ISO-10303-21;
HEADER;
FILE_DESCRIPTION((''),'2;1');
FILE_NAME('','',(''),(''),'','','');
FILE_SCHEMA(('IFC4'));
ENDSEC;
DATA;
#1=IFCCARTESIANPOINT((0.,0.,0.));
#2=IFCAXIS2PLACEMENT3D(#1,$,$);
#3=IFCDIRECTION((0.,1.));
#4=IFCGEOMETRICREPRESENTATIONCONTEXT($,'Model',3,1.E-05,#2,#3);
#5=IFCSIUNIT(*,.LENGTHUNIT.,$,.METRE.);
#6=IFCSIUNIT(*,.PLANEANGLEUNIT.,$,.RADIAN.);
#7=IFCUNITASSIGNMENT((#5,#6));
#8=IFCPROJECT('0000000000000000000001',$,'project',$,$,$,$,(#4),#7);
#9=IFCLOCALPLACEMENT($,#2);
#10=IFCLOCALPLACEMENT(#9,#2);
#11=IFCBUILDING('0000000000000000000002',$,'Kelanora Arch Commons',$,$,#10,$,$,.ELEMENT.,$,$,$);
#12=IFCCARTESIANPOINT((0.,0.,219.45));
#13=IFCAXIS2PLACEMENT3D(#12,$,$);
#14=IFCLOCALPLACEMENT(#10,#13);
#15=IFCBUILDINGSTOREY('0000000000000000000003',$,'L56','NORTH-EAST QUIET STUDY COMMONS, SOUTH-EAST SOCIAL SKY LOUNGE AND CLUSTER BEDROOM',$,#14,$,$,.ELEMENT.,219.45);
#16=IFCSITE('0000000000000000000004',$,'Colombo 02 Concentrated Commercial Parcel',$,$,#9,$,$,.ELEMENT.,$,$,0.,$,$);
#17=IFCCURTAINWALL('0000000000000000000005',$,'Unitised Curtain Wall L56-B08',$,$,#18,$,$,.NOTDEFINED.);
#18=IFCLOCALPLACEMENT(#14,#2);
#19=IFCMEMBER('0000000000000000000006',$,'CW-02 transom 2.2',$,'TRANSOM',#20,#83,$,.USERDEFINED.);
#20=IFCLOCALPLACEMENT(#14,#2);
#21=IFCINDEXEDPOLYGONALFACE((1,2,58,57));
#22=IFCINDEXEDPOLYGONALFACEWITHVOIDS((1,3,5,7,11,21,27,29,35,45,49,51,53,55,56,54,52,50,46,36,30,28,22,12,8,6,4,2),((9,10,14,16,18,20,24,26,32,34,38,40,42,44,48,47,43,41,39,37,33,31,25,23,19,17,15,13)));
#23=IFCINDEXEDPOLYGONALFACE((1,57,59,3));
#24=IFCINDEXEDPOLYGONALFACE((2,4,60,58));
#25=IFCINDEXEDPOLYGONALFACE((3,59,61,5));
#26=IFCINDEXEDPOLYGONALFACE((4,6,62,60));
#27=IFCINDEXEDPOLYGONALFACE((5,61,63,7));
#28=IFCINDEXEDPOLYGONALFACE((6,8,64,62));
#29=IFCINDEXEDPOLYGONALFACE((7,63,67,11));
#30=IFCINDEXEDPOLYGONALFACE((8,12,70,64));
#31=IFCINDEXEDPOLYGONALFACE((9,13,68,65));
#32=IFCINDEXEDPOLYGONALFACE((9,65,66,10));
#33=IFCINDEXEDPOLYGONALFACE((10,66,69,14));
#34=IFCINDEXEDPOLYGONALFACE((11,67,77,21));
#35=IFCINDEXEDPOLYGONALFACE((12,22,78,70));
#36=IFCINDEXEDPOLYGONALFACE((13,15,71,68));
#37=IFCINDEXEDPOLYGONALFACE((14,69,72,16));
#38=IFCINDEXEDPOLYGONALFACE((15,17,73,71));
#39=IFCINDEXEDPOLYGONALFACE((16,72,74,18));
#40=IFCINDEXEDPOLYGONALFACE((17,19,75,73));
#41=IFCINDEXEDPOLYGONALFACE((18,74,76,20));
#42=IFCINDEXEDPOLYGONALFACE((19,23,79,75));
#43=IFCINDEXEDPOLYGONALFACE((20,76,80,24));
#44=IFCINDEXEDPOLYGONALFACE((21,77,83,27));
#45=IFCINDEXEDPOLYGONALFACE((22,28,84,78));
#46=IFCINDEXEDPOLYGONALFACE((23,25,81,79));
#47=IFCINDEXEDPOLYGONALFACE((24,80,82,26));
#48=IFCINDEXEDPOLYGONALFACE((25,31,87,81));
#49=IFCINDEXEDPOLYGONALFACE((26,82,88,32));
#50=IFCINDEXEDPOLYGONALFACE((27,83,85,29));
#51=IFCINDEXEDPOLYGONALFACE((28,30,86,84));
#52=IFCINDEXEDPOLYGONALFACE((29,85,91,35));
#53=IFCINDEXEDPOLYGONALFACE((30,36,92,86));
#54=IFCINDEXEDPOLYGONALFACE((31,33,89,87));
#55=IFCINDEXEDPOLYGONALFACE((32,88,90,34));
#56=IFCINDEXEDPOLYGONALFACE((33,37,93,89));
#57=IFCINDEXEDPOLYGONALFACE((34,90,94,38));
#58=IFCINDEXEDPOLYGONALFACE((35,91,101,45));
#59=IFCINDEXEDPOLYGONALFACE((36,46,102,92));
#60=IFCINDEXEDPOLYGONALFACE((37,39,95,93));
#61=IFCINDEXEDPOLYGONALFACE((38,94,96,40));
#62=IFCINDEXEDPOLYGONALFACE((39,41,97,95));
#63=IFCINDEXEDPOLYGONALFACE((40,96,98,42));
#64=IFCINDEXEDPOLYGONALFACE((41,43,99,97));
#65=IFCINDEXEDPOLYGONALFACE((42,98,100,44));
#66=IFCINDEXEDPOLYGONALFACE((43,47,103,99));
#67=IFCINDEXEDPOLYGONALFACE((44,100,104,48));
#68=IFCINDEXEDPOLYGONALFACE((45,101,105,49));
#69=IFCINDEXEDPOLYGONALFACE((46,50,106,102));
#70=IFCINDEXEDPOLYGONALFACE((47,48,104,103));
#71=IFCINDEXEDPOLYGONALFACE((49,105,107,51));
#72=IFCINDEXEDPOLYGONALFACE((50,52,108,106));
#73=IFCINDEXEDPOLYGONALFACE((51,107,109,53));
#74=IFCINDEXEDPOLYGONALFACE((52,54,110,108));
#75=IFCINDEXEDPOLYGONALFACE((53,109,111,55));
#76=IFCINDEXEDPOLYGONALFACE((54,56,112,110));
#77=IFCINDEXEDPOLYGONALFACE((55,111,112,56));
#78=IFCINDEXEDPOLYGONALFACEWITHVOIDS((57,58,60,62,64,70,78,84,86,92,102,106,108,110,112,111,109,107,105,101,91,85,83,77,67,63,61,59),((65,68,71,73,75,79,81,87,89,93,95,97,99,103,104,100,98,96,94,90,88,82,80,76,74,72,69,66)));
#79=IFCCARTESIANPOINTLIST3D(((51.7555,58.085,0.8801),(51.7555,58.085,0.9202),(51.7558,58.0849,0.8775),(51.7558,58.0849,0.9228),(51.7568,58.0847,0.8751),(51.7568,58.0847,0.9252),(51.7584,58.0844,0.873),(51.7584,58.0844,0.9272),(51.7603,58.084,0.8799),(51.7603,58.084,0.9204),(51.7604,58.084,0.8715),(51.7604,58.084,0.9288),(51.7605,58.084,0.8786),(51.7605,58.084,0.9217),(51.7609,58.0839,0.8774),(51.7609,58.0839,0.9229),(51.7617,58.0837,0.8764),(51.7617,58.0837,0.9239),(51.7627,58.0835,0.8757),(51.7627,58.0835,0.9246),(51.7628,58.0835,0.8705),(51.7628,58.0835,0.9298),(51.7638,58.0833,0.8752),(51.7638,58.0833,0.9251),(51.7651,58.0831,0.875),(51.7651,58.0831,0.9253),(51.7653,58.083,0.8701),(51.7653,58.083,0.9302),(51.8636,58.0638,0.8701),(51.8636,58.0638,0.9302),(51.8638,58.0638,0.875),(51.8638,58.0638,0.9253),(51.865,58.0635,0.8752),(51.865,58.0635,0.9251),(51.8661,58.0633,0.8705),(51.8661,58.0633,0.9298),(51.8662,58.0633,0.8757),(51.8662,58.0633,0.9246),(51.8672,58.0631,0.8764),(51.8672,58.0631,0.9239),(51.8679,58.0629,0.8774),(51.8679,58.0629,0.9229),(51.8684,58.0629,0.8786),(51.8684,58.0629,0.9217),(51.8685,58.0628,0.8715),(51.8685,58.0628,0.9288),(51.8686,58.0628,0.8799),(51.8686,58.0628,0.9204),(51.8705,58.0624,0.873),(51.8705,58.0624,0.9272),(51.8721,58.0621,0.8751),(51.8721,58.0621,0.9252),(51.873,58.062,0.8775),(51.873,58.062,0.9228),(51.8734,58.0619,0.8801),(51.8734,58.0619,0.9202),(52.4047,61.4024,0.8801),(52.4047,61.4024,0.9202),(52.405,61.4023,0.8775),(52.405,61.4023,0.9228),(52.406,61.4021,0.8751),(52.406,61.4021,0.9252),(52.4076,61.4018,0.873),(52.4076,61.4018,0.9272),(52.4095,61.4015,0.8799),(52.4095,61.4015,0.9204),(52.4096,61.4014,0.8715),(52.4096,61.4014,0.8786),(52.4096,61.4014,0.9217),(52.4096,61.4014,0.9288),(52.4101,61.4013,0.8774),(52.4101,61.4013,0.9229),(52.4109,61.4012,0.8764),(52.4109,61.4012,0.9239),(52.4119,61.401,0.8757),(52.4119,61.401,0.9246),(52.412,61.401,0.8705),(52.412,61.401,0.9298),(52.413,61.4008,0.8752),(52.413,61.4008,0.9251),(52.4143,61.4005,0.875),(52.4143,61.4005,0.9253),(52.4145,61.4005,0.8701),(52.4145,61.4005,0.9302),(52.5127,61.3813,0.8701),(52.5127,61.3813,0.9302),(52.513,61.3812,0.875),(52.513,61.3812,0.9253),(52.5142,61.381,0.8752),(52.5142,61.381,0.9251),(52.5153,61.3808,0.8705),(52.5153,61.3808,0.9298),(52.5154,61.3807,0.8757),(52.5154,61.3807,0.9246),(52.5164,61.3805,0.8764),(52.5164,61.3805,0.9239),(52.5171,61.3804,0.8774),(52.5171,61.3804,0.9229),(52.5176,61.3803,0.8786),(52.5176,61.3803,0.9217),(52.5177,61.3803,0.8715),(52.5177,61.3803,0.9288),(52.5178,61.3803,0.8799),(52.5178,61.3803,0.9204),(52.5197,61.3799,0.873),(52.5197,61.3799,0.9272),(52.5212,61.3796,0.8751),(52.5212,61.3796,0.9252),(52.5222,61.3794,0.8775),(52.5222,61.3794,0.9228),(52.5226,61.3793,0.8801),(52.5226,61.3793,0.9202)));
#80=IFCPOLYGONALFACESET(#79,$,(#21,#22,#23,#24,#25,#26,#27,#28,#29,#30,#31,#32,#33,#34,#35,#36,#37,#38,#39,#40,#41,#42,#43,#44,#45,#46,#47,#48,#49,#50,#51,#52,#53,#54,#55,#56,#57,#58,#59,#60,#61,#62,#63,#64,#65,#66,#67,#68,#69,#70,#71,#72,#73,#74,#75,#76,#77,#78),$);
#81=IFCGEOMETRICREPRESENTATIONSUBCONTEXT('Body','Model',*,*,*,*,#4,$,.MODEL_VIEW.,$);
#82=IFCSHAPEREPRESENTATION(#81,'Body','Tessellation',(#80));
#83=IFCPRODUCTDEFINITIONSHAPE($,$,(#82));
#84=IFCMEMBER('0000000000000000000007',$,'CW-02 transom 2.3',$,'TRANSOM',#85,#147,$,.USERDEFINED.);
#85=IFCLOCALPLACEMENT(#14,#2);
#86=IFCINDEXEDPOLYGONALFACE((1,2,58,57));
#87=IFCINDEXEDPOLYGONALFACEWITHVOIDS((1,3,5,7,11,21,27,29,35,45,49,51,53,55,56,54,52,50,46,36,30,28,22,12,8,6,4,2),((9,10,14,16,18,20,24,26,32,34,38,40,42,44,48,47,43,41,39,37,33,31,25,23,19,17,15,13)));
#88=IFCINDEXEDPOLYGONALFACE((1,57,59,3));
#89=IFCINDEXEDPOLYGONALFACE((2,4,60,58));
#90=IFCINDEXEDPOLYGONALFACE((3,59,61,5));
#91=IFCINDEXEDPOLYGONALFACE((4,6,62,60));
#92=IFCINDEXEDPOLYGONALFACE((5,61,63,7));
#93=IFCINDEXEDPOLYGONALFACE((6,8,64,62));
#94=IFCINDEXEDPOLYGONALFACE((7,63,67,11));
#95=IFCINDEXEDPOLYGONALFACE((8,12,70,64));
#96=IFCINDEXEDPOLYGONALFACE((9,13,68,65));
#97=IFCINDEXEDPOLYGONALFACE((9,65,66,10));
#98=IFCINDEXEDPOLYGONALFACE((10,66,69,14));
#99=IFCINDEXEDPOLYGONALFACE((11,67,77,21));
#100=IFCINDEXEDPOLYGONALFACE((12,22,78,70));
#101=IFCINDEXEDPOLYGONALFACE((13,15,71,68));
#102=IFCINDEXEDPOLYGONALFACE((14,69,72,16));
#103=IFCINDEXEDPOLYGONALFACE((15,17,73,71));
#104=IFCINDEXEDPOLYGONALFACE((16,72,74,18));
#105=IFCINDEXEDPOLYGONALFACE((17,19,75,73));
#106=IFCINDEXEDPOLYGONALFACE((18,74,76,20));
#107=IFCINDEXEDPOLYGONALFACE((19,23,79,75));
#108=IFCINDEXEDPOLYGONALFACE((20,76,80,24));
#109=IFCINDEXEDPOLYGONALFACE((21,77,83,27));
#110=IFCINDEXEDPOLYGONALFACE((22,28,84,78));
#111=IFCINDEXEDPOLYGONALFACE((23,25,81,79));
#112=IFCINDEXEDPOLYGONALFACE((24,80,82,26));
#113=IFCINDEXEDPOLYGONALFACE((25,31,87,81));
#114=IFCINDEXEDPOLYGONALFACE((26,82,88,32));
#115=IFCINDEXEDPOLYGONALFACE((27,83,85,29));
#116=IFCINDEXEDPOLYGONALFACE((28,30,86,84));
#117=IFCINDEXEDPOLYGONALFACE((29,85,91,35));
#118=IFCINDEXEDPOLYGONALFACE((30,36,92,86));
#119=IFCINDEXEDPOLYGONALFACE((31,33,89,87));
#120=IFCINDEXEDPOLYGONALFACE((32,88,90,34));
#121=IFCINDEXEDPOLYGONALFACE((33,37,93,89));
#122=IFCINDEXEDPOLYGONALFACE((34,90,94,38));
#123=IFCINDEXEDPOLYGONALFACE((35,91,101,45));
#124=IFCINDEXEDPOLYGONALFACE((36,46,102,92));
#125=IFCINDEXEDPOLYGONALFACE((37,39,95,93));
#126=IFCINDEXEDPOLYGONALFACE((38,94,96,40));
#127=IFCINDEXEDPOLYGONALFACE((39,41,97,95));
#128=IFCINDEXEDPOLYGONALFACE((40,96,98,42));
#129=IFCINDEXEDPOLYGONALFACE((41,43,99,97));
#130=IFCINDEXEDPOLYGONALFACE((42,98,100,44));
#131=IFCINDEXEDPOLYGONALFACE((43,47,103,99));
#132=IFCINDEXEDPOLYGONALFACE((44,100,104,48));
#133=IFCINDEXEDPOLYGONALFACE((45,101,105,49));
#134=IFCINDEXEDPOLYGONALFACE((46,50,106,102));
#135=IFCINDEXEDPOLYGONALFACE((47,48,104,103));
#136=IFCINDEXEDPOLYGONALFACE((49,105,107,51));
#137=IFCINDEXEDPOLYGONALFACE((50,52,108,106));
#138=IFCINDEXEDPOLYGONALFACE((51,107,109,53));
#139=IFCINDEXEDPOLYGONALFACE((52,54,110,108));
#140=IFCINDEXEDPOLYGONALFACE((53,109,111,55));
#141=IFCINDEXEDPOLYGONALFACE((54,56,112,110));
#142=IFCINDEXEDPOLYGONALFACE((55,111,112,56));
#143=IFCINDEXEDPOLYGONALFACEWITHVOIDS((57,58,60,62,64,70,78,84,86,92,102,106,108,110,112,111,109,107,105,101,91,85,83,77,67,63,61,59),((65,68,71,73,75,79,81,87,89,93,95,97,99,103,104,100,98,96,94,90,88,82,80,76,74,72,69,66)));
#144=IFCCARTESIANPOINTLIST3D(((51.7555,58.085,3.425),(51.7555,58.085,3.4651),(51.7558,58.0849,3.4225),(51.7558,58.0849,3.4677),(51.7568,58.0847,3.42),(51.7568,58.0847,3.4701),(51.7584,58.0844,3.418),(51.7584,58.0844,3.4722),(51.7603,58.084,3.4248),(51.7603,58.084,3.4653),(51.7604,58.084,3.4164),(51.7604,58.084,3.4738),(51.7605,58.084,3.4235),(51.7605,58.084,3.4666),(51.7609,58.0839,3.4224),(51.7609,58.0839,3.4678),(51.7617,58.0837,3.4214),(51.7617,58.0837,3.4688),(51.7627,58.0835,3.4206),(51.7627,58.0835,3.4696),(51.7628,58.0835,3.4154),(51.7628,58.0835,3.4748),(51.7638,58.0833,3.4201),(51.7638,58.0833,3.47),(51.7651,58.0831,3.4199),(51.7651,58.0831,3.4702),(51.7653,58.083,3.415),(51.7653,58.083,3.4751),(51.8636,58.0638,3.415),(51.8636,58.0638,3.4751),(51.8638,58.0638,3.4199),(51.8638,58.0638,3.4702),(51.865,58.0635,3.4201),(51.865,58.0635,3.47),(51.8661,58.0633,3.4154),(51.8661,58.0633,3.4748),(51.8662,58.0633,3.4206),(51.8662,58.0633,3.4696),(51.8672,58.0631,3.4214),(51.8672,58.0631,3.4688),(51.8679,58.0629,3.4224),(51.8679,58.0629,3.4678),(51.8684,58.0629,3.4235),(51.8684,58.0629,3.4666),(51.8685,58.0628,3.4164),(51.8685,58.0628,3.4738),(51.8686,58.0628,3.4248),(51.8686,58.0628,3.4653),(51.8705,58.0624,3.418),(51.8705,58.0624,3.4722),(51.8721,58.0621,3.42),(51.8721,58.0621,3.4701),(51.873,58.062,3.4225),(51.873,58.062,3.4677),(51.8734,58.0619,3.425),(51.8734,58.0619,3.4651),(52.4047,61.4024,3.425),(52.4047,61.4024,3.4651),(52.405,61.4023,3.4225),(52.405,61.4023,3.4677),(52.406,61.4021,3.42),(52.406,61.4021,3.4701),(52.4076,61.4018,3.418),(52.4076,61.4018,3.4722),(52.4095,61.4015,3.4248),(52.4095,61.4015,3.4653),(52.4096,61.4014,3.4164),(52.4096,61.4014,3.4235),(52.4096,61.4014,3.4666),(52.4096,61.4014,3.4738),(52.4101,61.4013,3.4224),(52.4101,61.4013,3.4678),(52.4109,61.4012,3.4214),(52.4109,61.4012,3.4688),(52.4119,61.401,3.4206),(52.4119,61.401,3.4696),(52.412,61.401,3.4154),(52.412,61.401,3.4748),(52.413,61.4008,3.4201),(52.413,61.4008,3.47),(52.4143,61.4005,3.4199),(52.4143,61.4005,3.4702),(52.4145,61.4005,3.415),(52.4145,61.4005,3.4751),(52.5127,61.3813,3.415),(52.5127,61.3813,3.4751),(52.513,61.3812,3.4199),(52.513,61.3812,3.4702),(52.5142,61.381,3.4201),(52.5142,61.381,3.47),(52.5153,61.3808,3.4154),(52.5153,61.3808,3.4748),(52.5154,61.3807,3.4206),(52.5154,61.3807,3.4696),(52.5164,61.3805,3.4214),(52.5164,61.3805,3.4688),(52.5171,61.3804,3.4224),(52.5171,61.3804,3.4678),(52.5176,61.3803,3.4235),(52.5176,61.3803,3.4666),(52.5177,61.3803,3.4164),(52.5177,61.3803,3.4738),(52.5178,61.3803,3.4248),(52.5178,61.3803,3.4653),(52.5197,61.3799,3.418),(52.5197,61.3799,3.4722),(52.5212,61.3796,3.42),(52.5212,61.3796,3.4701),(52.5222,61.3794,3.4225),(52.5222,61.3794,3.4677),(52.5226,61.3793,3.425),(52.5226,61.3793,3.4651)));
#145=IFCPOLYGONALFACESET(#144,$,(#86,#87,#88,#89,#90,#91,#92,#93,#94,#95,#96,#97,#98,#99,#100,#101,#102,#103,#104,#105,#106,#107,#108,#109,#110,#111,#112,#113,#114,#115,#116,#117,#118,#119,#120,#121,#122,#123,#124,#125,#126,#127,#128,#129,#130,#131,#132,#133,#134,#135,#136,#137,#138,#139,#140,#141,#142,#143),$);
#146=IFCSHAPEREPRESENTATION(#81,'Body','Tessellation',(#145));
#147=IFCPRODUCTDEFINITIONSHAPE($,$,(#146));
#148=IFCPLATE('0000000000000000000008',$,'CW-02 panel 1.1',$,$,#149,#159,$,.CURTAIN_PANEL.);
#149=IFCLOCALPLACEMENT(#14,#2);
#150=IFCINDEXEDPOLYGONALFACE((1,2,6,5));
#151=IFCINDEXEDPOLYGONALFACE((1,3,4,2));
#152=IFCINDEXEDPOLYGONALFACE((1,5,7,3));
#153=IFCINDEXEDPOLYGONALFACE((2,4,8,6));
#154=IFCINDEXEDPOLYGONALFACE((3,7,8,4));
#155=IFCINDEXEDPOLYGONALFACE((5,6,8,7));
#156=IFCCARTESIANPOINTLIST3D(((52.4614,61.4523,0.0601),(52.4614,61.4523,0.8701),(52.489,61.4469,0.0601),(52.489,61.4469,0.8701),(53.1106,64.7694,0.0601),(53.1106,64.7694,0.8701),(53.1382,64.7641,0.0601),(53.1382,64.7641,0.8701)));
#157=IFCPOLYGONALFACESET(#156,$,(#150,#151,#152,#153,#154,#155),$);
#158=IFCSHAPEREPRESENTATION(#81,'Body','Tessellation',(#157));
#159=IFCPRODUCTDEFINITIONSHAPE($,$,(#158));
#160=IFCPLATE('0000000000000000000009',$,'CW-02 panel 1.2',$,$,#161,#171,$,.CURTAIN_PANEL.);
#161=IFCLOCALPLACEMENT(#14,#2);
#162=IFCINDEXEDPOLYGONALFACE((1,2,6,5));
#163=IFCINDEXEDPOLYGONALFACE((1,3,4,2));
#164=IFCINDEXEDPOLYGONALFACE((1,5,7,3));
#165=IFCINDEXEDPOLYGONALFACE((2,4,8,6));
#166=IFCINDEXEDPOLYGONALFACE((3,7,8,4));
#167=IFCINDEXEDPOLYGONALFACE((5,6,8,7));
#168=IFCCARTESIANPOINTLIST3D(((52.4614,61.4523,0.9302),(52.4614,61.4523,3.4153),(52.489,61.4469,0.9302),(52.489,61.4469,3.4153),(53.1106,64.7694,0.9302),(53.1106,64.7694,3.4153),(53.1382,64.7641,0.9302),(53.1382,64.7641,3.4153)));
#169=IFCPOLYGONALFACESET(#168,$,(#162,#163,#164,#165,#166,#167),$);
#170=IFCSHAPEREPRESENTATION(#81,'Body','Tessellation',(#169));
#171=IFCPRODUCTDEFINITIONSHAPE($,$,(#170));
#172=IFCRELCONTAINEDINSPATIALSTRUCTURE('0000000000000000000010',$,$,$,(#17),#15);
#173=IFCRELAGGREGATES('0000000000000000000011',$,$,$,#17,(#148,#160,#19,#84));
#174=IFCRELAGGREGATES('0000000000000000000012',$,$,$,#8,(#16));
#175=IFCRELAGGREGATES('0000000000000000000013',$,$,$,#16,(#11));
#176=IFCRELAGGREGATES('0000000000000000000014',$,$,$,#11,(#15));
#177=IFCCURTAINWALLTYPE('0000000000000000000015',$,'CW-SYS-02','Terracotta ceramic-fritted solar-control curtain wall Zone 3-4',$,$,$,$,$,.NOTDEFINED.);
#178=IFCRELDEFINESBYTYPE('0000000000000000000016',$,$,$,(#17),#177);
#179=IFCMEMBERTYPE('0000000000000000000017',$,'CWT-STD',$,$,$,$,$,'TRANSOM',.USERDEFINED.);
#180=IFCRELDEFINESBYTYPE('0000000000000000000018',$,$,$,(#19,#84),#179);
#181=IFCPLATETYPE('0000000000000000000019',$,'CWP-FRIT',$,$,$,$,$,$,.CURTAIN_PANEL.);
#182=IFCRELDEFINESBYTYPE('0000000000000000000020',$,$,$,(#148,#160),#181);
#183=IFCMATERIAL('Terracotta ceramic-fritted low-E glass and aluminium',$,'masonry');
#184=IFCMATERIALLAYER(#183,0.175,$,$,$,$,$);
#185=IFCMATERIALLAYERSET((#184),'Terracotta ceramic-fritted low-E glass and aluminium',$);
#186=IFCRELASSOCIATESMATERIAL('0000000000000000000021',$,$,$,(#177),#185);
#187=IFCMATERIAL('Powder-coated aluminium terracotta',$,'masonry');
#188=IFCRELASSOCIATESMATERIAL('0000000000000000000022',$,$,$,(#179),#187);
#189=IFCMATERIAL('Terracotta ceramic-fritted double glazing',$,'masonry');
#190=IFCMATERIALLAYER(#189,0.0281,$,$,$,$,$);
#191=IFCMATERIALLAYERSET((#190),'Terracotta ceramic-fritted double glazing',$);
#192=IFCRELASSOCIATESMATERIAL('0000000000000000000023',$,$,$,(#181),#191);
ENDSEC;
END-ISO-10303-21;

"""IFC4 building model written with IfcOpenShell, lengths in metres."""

from ifc_helpers import new_model, si_unit, direction, frame, origin, origin_2d, place, context, subcontext, project, spatial, rectangle, hollow_rectangle, extrude, source, transform, mapped, material, layer, layer_set, material_profile, profile_set, type_object, element, aggregate, save


model = new_model("IFC4")

# Units and contexts
model_context = context("Model", 3, precision=1e-05, world=origin(), true_north=direction((0.0, 1.0)))
body_context = subcontext(model_context, "Body", "Model", "MODEL_VIEW")
ifc_project = project(units=[si_unit("LENGTHUNIT", "METRE"), si_unit("PLANEANGLEUNIT", "RADIAN")], contexts=[model_context])

# Site, building, storey
site_placement = place(None, origin())
site = spatial("IfcSite", under=ifc_project, at=site_placement, Name="Colombo 02 Concentrated Commercial Parcel", CompositionType="ELEMENT", RefElevation=0.0)
building_placement = place(site_placement, origin())
building = spatial("IfcBuilding", under=site, at=building_placement, Name="Kelanora Arch Commons", CompositionType="ELEMENT")
storey_placement = place(building_placement, frame((0.0, 0.0, 219.45)))
storey = spatial("IfcBuildingStorey", under=building, at=storey_placement, Name="L56", Description="NORTH-EAST QUIET STUDY COMMONS, SOUTH-EAST SOCIAL SKY LOUNGE AND CLUSTER BEDROOM", CompositionType="ELEMENT", Elevation=219.45)

# Curtain wall, members, plates
ifc_material_1 = material(Name="Terracotta ceramic-fritted low-E glass and aluminium", Category="masonry")
ifc_layer_1 = layer(ifc_material_1, 0.175)
ifc_layer_set_1 = layer_set([ifc_layer_1], Name="Terracotta ceramic-fritted low-E glass and aluminium")
curtain_wall_type = type_object("IfcCurtainWallType", Name="CW-SYS-02", Description="Terracotta ceramic-fritted solar-control curtain wall Zone 3-4", PredefinedType="NOTDEFINED", material=ifc_layer_set_1)
curtain_wall_placement = place(storey_placement, origin())
curtain_wall = element("IfcCurtainWall", 1, at=curtain_wall_placement, inside=storey, type_object=curtain_wall_type, Name="Unitised Curtain Wall L56-B08", PredefinedType="NOTDEFINED")
ifc_material_2 = material(Name="Powder-coated aluminium terracotta", Category="masonry")
ifc_material_profile_1 = material_profile(ifc_material_2, hollow_rectangle(XDim=0.1201, YDim=0.0601, WallThickness=0.0049, InnerFilletRadius=0.0049, OuterFilletRadius=0.01, at=origin_2d()), Name="CWT120x60")
ifc_profile_set_1 = profile_set([ifc_material_profile_1], Name="Powder-coated aluminium terracotta")
member_type_1 = type_object("IfcMemberType", Name="CWT-STD", ElementType="TRANSOM", PredefinedType="USERDEFINED", material=ifc_profile_set_1)
member_1_placement = place(storey_placement, frame((52.4636, 61.3909, 0.9001), z_axis=(-0.192045, -0.981386, 0.0), x_axis=(0.981386, -0.192045, 0.0)))
member_1 = element("IfcMember", 2, at=member_1_placement, type_object=member_type_1, Name="CW-02 transom 2.2", ObjectType="TRANSOM", PredefinedType="USERDEFINED", context=body_context, shape_type="SweptSolid", body=[
    extrude(hollow_rectangle(XDim=0.1201, YDim=0.0601, WallThickness=0.0049, InnerFilletRadius=0.0049, OuterFilletRadius=0.01, at=origin_2d()), origin(), (0.0, 0.0, 1.0), 3.3804),
])
member_2_placement = place(storey_placement, frame((52.4636, 61.3909, 3.4451), z_axis=(-0.192045, -0.981386, 0.0), x_axis=(0.981386, -0.192045, 0.0)))
member_2 = element("IfcMember", 3, at=member_2_placement, type_object=member_type_1, Name="CW-02 transom 2.3", ObjectType="TRANSOM", PredefinedType="USERDEFINED", context=body_context, shape_type="SweptSolid", body=[
    extrude(hollow_rectangle(XDim=0.1201, YDim=0.0601, WallThickness=0.0049, InnerFilletRadius=0.0049, OuterFilletRadius=0.01, at=origin_2d()), origin(), (0.0, 0.0, 1.0), 3.3804),
])
ifc_material_3 = material(Name="Terracotta ceramic-fritted double glazing", Category="masonry")
ifc_layer_2 = layer(ifc_material_3, 0.0281)
ifc_layer_set_2 = layer_set([ifc_layer_2], Name="Terracotta ceramic-fritted double glazing")
plate_type = type_object("IfcPlateType", Name="CWP-FRIT", PredefinedType="CURTAIN_PANEL", material=ifc_layer_set_2)
shared_shape_1 = source(origin(), body_context, "Body", "SweptSolid", [
    extrude(rectangle(XDim=3.3801, YDim=0.0281, at=origin_2d()), origin(), (0.0, 0.0, 1.0), 0.8101),
])
plate_1_placement = place(storey_placement, frame((52.7998, 63.1082, 0.0601), z_axis=(0.0, 0.0, 1.0), x_axis=(-0.192069, -0.981381, 0.0)))
plate_1 = element("IfcPlate", 4, at=plate_1_placement, type_object=plate_type, Name="CW-02 panel 1.1", PredefinedType="CURTAIN_PANEL", context=body_context, shape_type="MappedRepresentation", body=[
    mapped(shared_shape_1, transform((0.0, 0.0, 0.0), scale=1.0)),
])
shared_shape_2 = source(origin(), body_context, "Body", "SweptSolid", [
    extrude(rectangle(XDim=3.3801, YDim=0.0281, at=origin_2d()), origin(), (0.0, 0.0, 1.0), 2.4851),
])
plate_2_placement = place(storey_placement, frame((52.7998, 63.1082, 0.9302), z_axis=(0.0, 0.0, 1.0), x_axis=(-0.192069, -0.981381, 0.0)))
plate_2 = element("IfcPlate", 5, at=plate_2_placement, type_object=plate_type, Name="CW-02 panel 1.2", PredefinedType="CURTAIN_PANEL", context=body_context, shape_type="MappedRepresentation", body=[
    mapped(shared_shape_2, transform((0.0, 0.0, 0.0), scale=1.0)),
])
aggregate(curtain_wall, [plate_1, plate_2, member_1, member_2])

save(model, "model.ifc")
